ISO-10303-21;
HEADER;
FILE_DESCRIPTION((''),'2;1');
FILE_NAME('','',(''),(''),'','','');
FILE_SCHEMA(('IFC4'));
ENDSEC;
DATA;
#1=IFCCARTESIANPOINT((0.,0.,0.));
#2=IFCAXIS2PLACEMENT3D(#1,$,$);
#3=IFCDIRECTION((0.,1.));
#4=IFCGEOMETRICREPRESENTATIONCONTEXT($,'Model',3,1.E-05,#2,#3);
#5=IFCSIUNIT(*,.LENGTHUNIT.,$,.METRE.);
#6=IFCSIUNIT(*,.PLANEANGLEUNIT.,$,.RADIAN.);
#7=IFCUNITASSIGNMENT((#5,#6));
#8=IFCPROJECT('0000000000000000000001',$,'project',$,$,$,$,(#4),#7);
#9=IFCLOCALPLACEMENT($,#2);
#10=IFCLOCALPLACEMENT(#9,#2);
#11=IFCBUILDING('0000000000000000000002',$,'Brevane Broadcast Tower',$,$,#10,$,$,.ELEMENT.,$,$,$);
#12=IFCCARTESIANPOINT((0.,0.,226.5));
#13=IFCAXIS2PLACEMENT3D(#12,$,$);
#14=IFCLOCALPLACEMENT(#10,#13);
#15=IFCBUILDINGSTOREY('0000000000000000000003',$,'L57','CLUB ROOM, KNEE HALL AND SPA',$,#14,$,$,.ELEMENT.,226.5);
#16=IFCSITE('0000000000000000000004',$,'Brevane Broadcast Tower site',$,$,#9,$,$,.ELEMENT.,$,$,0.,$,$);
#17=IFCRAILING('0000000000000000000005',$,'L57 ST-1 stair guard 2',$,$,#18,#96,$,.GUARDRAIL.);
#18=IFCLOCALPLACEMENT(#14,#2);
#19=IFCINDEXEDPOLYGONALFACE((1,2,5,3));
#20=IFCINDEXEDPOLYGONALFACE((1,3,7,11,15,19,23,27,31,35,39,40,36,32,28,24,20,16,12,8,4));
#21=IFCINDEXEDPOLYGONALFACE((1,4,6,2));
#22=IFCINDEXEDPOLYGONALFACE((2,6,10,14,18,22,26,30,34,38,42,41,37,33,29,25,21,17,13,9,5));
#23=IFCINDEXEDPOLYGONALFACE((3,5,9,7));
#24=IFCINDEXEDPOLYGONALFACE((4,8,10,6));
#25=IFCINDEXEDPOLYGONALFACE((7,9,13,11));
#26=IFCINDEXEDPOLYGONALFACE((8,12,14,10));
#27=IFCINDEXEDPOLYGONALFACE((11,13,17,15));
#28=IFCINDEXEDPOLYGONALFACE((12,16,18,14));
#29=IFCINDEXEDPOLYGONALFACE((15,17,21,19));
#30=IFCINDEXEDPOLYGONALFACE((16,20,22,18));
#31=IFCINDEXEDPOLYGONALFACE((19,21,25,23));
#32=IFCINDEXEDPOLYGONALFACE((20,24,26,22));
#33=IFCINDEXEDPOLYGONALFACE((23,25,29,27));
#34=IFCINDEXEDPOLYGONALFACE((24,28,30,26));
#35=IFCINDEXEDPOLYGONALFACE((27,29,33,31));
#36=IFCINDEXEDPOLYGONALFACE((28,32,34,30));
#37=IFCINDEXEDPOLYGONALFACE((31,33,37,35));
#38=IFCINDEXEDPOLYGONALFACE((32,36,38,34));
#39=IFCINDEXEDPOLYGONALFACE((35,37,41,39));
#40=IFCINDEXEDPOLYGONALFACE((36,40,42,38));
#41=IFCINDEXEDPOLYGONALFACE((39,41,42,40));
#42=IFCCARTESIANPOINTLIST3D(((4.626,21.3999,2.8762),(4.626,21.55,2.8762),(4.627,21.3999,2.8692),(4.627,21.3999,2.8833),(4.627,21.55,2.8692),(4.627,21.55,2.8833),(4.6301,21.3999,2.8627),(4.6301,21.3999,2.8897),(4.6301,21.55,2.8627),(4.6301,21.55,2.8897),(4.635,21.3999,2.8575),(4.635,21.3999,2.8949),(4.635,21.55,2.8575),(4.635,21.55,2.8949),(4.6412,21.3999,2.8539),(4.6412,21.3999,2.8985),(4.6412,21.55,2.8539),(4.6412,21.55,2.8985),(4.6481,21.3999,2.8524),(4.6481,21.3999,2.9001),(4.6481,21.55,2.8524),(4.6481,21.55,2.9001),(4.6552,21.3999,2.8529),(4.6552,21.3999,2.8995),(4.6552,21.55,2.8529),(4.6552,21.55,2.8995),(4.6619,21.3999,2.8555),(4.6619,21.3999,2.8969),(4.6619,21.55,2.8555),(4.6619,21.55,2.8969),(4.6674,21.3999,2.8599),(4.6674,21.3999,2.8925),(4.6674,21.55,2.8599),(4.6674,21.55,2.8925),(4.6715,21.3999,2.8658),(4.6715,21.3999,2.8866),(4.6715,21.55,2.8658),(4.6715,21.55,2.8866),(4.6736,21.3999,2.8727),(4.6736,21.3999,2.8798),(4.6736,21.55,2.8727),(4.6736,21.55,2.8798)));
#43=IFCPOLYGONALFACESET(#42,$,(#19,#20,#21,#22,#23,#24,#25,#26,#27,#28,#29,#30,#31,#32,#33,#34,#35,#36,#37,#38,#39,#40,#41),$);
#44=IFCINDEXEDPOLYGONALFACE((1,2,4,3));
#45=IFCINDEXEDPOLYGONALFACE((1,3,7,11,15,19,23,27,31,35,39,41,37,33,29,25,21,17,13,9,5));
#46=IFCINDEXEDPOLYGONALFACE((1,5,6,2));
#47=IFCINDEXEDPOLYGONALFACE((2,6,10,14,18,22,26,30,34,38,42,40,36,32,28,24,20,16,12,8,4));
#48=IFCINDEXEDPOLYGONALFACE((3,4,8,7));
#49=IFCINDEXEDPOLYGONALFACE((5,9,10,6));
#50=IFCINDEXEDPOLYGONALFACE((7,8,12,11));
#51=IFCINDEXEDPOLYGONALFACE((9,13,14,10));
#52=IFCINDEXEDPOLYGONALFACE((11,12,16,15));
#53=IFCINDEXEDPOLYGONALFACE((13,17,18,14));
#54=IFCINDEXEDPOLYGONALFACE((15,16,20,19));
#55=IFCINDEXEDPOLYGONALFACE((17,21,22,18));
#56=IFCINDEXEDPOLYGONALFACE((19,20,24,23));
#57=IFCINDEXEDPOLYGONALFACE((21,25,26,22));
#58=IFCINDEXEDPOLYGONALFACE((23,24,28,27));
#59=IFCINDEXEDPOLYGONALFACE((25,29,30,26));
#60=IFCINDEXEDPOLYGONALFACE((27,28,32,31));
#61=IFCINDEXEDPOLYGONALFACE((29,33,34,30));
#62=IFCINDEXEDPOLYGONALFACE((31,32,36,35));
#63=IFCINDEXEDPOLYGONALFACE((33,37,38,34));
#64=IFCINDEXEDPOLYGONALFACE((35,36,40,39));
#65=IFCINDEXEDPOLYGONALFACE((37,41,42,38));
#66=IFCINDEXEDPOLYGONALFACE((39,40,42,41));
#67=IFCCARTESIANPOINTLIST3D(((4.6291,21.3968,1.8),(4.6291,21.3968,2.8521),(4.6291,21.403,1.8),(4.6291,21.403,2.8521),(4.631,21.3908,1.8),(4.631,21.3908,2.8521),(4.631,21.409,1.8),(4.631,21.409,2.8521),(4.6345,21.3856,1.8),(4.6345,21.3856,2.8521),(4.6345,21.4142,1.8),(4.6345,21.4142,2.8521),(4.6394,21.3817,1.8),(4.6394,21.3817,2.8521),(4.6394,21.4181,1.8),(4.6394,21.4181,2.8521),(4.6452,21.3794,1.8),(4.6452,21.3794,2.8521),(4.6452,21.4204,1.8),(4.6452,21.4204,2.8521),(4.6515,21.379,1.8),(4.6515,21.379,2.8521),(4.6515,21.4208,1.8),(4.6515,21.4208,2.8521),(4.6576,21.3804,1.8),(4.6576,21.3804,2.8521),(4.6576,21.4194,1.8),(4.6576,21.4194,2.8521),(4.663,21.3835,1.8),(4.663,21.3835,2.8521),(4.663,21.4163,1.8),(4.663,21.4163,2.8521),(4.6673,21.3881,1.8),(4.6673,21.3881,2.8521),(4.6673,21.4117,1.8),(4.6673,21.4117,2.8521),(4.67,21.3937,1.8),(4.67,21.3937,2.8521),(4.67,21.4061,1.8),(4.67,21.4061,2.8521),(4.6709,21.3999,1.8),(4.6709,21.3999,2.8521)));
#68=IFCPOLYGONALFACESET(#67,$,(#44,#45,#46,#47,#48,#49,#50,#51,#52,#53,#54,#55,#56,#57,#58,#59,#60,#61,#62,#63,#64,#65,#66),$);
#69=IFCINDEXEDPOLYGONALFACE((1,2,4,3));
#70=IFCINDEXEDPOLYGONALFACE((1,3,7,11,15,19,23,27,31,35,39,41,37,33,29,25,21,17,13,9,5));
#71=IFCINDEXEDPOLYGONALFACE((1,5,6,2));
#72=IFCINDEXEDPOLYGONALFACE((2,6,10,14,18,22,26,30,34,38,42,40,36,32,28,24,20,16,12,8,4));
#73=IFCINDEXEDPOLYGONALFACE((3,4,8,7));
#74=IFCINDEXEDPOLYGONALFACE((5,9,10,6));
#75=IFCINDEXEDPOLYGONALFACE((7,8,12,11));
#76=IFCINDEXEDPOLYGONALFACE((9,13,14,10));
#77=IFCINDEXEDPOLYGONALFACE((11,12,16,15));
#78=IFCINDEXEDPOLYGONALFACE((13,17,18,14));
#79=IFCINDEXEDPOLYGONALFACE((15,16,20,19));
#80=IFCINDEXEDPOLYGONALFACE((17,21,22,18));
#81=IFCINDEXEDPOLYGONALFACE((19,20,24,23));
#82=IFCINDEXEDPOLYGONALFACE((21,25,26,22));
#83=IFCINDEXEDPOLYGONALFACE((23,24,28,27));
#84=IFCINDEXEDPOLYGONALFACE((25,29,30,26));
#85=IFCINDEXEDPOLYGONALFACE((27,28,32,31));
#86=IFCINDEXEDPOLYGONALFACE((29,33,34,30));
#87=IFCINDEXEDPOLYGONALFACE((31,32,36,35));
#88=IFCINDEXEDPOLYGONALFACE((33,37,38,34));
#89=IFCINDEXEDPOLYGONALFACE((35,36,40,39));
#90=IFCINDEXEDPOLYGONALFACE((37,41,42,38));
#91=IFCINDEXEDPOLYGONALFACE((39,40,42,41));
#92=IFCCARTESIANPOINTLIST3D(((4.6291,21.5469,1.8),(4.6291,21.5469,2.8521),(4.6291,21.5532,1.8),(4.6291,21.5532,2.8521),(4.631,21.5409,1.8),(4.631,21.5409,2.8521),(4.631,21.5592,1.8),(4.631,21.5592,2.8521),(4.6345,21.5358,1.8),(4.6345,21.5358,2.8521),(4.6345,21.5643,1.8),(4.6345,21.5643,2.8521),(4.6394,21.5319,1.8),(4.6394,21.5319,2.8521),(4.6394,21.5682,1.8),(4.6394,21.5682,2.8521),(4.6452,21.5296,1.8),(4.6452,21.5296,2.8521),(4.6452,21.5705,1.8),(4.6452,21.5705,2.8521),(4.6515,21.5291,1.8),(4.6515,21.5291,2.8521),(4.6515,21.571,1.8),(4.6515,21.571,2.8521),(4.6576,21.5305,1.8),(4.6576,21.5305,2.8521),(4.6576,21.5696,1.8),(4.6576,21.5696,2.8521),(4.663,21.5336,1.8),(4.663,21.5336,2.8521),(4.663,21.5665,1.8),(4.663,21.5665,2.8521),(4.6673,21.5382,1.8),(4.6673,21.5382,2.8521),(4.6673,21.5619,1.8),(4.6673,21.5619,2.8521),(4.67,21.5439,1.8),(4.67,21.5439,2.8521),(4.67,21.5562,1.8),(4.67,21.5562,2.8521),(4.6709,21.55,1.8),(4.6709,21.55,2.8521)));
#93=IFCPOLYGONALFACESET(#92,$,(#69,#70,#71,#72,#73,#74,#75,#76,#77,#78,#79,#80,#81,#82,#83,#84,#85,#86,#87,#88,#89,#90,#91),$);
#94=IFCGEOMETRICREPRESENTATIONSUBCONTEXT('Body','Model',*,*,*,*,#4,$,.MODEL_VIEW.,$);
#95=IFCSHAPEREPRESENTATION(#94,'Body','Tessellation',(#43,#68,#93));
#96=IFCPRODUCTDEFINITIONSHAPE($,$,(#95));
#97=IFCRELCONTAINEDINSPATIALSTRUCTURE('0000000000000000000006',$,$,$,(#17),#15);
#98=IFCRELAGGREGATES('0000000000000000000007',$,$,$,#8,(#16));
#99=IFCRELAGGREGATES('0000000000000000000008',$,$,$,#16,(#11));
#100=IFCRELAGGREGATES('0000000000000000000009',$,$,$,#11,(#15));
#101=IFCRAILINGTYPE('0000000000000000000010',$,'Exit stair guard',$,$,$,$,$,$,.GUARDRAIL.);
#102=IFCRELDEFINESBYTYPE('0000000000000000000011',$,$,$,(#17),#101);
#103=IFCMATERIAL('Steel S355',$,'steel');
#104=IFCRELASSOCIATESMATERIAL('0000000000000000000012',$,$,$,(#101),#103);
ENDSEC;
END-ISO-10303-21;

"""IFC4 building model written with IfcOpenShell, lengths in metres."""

from ifc_helpers import new_model, si_unit, direction, frame, origin, origin_2d, place, context, subcontext, project, spatial, circle, extrude, material, type_object, element, save


model = new_model("IFC4")

# Units and contexts
model_context = context("Model", 3, precision=1e-05, world=origin(), true_north=direction((0.0, 1.0)))
body_context = subcontext(model_context, "Body", "Model", "MODEL_VIEW")
ifc_project = project(units=[si_unit("LENGTHUNIT", "METRE"), si_unit("PLANEANGLEUNIT", "RADIAN")], contexts=[model_context])

# Site, building, storey
site_placement = place(None, origin())
site = spatial("IfcSite", under=ifc_project, at=site_placement, Name="Brevane Broadcast Tower site", CompositionType="ELEMENT", RefElevation=0.0)
building_placement = place(site_placement, origin())
building = spatial("IfcBuilding", under=site, at=building_placement, Name="Brevane Broadcast Tower", CompositionType="ELEMENT")
storey_placement = place(building_placement, frame((0.0, 0.0, 226.5)))
storey = spatial("IfcBuildingStorey", under=building, at=storey_placement, Name="L57", Description="CLUB ROOM, KNEE HALL AND SPA", CompositionType="ELEMENT", Elevation=226.5)

# Railing
ifc_material_1 = material(Name="Steel S355", Category="steel")
railing_type_1 = type_object("IfcRailingType", Name="Exit stair guard", PredefinedType="GUARDRAIL", material=ifc_material_1)
railing_1_placement = place(storey_placement, frame((4.6499, 21.3999, 1.8)))
element("IfcRailing", 1, at=railing_1_placement, inside=storey, type_object=railing_type_1, Name="L57 ST-1 stair guard 2", PredefinedType="GUARDRAIL", context=body_context, shape_type="SweptSolid", body=[
    extrude(circle(Radius=0.0239, at=origin_2d()), frame((0.0, 0.0, 1.0762), z_axis=(0.0, 1.0, 0.0), x_axis=(-1.0, 0.0, 0.0)), (0.0, 0.0, 1.0), 0.1501),
    extrude(circle(Radius=0.021, at=origin_2d()), origin(), (0.0, 0.0, 1.0), 1.052),
    extrude(circle(Radius=0.021, at=origin_2d()), frame((0.0, 0.1501, 0.0)), (0.0, 0.0, 1.0), 1.052),
])

save(model, "model.ifc")
